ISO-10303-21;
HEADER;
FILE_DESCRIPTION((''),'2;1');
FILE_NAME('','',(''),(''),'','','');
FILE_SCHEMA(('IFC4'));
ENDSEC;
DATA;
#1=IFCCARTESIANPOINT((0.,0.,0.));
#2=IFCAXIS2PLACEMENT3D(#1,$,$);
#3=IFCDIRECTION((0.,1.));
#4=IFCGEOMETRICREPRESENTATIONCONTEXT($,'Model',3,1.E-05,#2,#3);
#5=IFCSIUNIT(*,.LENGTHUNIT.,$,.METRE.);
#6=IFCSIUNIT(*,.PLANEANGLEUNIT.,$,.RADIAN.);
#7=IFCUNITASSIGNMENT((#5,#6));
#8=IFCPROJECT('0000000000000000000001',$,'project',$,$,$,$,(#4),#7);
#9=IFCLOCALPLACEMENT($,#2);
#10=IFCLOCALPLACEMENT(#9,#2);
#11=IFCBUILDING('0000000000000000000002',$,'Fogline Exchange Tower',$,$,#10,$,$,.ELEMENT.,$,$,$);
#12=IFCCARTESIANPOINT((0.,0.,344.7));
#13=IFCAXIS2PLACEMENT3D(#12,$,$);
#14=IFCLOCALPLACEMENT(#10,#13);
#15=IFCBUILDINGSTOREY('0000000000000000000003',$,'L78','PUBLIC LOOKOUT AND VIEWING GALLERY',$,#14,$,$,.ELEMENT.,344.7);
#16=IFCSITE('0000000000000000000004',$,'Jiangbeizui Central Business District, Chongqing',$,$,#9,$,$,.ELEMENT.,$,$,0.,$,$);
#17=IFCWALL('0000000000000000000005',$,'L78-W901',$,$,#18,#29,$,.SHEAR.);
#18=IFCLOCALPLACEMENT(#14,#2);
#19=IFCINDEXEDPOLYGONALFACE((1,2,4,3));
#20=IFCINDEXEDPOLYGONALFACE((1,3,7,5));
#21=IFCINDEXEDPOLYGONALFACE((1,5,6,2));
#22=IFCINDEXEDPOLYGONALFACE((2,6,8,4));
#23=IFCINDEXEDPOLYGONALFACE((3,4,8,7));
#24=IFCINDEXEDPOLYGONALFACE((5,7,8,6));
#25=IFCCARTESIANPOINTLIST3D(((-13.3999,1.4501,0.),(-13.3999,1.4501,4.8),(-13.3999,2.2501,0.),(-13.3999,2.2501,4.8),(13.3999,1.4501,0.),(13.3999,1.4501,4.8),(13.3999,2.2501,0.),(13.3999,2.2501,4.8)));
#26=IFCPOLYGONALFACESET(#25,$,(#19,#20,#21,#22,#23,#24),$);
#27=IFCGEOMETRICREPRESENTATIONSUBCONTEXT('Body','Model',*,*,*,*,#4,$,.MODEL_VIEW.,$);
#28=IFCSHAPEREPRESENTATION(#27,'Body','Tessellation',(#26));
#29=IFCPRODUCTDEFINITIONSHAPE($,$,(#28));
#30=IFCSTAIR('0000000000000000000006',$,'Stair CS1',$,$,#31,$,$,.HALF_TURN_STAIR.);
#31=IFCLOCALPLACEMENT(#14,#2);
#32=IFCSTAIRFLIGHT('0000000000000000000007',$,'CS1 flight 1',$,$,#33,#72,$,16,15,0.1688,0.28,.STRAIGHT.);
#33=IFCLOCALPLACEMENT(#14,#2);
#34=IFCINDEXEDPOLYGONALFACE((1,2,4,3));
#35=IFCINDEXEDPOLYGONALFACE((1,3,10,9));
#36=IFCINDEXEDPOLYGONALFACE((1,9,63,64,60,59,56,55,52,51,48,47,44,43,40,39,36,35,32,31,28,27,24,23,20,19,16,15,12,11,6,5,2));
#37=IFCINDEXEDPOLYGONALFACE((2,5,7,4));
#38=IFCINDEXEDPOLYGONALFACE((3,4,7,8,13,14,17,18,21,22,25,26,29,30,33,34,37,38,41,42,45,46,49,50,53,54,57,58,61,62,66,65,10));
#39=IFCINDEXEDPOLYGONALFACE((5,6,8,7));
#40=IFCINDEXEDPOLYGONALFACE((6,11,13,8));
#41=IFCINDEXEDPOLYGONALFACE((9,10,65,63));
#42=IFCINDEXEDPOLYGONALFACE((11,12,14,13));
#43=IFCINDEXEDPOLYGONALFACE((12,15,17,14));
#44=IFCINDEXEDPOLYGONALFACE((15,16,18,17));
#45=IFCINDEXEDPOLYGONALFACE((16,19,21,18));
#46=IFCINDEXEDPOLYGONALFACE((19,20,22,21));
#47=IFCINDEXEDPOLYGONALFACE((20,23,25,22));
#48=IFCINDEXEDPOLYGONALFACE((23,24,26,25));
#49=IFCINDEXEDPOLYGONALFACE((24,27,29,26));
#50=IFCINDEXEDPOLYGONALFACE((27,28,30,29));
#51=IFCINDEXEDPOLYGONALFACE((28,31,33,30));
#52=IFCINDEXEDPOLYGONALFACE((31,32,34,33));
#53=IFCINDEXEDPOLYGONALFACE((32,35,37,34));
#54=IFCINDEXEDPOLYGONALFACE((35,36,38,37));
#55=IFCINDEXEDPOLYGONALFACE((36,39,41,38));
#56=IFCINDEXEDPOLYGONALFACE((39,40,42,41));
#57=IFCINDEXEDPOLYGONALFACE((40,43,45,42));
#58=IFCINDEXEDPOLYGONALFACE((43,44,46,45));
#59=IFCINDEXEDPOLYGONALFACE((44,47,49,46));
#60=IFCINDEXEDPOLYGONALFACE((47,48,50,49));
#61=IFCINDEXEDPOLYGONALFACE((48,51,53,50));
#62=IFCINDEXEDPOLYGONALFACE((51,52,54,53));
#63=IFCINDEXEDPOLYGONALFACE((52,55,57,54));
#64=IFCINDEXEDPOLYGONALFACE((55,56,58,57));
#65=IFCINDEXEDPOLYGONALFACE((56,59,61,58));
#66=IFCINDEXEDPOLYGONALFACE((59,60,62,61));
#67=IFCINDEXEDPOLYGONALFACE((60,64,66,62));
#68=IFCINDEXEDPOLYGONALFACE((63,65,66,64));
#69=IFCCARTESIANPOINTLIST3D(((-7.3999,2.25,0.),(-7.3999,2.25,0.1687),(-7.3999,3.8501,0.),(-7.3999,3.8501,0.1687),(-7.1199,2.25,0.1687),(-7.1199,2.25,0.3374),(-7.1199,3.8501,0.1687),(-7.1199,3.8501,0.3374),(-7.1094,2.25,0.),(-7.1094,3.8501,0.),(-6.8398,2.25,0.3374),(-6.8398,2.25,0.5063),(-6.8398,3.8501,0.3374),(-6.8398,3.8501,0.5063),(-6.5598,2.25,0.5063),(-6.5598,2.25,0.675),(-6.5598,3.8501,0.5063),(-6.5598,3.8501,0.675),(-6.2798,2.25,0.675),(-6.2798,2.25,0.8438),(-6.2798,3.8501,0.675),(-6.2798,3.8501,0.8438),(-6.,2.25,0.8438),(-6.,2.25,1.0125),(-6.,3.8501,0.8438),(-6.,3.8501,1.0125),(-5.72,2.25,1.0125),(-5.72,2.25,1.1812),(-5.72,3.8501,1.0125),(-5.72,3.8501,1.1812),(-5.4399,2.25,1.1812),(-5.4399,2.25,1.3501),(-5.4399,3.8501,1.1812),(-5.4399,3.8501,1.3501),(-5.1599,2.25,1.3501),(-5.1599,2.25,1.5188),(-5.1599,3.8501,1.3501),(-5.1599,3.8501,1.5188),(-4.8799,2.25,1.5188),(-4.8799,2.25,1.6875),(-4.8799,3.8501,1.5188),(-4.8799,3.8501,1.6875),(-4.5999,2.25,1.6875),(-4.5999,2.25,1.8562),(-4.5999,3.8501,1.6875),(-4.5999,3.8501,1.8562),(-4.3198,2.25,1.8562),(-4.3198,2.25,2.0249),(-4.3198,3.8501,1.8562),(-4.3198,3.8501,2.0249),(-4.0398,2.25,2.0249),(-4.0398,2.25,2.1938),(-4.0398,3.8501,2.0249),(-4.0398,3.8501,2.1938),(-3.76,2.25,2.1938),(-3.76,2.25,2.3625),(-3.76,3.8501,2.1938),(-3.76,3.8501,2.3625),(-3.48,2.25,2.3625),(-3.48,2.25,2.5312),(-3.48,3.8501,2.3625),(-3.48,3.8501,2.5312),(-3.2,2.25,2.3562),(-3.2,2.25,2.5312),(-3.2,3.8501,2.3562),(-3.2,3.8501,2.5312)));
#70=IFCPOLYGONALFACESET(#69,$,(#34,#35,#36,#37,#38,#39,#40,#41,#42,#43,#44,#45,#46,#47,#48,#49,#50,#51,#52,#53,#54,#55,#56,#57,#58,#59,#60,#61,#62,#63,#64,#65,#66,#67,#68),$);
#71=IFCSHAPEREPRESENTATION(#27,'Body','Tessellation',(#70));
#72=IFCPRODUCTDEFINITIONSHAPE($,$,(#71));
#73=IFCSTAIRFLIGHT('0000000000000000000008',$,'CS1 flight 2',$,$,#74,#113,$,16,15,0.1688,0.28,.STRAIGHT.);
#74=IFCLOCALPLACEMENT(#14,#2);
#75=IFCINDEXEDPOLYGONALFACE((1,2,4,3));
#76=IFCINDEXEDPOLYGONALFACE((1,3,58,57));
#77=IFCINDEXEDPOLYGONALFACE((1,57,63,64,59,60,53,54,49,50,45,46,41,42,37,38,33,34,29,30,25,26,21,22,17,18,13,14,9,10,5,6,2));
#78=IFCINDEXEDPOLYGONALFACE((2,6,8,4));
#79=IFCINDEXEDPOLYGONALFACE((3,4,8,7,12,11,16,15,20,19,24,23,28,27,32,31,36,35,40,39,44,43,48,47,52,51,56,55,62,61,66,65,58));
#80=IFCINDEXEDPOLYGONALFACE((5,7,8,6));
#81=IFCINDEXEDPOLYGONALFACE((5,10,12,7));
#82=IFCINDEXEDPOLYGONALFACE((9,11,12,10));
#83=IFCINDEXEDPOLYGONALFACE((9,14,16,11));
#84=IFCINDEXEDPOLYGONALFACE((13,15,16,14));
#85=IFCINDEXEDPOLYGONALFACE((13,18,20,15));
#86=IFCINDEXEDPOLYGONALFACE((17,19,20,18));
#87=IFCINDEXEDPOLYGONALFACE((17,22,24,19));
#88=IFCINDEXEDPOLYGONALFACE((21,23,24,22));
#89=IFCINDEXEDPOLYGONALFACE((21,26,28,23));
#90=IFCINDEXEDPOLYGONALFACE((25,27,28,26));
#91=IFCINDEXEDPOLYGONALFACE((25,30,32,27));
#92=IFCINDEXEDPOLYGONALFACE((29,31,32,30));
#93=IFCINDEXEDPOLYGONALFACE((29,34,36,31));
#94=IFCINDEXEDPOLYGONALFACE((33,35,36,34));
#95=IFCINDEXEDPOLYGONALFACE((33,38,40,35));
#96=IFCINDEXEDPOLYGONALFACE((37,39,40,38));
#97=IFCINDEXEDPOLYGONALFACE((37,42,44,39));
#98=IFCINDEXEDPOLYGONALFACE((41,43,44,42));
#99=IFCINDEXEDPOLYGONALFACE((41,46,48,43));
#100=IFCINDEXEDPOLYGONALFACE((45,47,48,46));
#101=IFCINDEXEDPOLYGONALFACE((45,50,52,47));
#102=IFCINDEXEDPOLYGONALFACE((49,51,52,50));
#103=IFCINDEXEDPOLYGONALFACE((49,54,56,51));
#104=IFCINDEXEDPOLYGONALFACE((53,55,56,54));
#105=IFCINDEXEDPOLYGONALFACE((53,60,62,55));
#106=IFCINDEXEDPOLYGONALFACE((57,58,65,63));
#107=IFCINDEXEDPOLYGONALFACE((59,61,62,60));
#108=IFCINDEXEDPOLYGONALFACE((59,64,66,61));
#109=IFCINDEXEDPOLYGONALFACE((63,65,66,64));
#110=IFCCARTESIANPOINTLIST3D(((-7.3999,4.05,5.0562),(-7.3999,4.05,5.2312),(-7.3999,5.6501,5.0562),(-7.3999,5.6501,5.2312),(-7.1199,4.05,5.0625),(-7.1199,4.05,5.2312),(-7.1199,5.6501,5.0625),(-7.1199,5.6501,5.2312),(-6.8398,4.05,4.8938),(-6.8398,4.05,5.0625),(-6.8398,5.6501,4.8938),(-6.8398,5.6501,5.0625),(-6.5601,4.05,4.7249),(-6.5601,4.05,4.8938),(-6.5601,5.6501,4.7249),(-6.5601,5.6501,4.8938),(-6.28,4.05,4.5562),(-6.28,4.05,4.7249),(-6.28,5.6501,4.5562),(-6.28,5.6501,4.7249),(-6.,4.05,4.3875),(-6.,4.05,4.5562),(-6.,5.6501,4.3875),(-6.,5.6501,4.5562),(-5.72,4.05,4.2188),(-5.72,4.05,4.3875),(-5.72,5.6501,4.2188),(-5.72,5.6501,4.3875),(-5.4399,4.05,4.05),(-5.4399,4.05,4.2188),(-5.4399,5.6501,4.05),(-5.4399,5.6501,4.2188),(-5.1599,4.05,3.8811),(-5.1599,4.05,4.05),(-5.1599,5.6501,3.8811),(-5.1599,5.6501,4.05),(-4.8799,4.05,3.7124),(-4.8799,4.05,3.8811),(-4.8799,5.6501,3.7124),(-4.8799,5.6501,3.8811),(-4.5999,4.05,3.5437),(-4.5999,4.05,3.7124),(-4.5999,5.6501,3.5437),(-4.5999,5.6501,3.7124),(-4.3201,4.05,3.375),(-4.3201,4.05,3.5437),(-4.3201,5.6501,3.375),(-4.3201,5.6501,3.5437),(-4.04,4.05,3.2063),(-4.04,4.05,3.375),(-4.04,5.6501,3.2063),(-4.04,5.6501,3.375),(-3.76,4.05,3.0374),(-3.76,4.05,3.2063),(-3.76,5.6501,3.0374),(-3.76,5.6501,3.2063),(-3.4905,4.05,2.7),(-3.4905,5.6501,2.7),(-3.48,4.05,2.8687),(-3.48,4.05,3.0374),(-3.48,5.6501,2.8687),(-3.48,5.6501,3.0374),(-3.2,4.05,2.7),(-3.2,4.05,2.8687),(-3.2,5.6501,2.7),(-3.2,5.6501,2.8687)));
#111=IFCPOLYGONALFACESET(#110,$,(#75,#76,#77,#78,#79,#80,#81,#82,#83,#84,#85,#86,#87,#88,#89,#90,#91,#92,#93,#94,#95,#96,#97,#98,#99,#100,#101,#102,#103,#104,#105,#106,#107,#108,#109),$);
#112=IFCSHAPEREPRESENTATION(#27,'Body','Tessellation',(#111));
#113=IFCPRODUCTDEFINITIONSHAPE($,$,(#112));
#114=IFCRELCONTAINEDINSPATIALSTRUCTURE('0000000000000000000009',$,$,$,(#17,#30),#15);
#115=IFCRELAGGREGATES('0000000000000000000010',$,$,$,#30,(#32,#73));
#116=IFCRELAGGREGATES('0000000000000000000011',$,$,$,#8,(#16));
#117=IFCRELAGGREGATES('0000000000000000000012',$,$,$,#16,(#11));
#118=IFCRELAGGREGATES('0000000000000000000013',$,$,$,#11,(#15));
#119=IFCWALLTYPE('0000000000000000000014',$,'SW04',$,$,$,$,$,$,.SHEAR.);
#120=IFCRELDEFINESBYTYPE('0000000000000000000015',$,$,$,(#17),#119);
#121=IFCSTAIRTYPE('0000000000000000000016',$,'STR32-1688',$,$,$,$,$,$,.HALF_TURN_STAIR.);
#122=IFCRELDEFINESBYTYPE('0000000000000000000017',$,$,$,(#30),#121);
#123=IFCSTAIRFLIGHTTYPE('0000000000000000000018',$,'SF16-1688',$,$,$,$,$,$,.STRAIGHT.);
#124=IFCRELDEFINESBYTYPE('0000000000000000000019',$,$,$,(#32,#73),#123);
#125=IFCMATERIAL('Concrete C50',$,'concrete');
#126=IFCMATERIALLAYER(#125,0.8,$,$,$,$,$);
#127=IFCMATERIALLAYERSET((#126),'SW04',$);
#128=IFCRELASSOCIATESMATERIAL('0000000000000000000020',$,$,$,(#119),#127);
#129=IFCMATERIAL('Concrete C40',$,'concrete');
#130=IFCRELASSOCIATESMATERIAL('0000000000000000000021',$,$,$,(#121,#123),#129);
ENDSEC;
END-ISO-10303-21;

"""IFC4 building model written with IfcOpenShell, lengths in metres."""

from ifc_helpers import new_model, si_unit, direction, frame, frame_2d, origin, place, context, subcontext, project, spatial, polyline, rectangle, outline, extrude, material, layer, layer_set, type_object, element, aggregate, save


model = new_model("IFC4")

# Units and contexts
model_context = context("Model", 3, precision=1e-05, world=origin(), true_north=direction((0.0, 1.0)))
body_context = subcontext(model_context, "Body", "Model", "MODEL_VIEW")
ifc_project = project(units=[si_unit("LENGTHUNIT", "METRE"), si_unit("PLANEANGLEUNIT", "RADIAN")], contexts=[model_context])

# Site, building, storey
site_placement = place(None, origin())
site = spatial("IfcSite", under=ifc_project, at=site_placement, Name="Jiangbeizui Central Business District, Chongqing", CompositionType="ELEMENT", RefElevation=0.0)
building_placement = place(site_placement, origin())
building = spatial("IfcBuilding", under=site, at=building_placement, Name="Fogline Exchange Tower", CompositionType="ELEMENT")
storey_placement = place(building_placement, frame((0.0, 0.0, 344.7)))
storey = spatial("IfcBuildingStorey", under=building, at=storey_placement, Name="L78", Description="PUBLIC LOOKOUT AND VIEWING GALLERY", CompositionType="ELEMENT", Elevation=344.7)

# Shared definitions
ifc_material_1 = material(Name="Concrete C40", Category="concrete")

# Wall
ifc_material_2 = material(Name="Concrete C50", Category="concrete")
ifc_layer_1 = layer(ifc_material_2, 0.8)
ifc_layer_set_1 = layer_set([ifc_layer_1], Name="SW04")
wall_type_1 = type_object("IfcWallType", Name="SW04", PredefinedType="SHEAR", material=ifc_layer_set_1)
wall_1_placement = place(storey_placement, frame((-13.3999, 1.8501, 0.0), z_axis=(0.0, 0.0, 1.0), x_axis=(1.0, 0.0, 0.0)))
element("IfcWall", 1, at=wall_1_placement, inside=storey, type_object=wall_type_1, Name="L78-W901", PredefinedType="SHEAR", context=body_context, shape_type="SweptSolid", body=[
    extrude(rectangle(XDim=26.7998, YDim=0.8, at=frame_2d((13.3999, 0.0))), origin(), (0.0, 0.0, 1.0), 4.8),
])

# Stair, stair flights
stair_type = type_object("IfcStairType", Name="STR32-1688", PredefinedType="HALF_TURN_STAIR", material=ifc_material_1)
stair_placement = place(storey_placement, origin())
stair = element("IfcStair", 2, at=stair_placement, inside=storey, type_object=stair_type, Name="Stair CS1", PredefinedType="HALF_TURN_STAIR")
stair_flight_type = type_object("IfcStairFlightType", Name="SF16-1688", PredefinedType="STRAIGHT", material=ifc_material_1)
stair_flight_1_placement = place(storey_placement, frame((-7.3999, 3.05, 0.0), z_axis=(0.0, 0.0, 1.0), x_axis=(1.0, 0.0, 0.0)))
stair_flight_1 = element("IfcStairFlight", 3, at=stair_flight_1_placement, type_object=stair_flight_type, Name="CS1 flight 1", NumberOfRisers=16, NumberOfTreads=15, PredefinedType="STRAIGHT", RiserHeight=0.1688, TreadLength=0.28, context=body_context, shape_type="SweptSolid", body=[
    extrude(outline(polyline([(0.0, 0.0), (0.0, 0.1687), (0.28, 0.1687), (0.28, 0.3374), (0.5601, 0.3374), (0.5601, 0.5063), (0.8401, 0.5063), (0.8401, 0.675), (1.1201, 0.675), (1.1201, 0.8438), (1.3999, 0.8438), (1.3999, 1.0125), (1.6799, 1.0125), (1.6799, 1.1812), (1.96, 1.1812), (1.96, 1.3501), (2.24, 1.3501), (2.24, 1.5188), (2.52, 1.5188), (2.52, 1.6875), (2.8, 1.6875), (2.8, 1.8562), (3.0801, 1.8562), (3.0801, 2.0249), (3.3601, 2.0249), (3.3601, 2.1938), (3.6399, 2.1938), (3.6399, 2.3625), (3.9199, 2.3625), (3.9199, 2.5312), (4.2, 2.5312), (4.2, 2.7), (4.2, 2.3562), (0.2905, 0.0), (0.0, 0.0)])), frame((0.0, 0.8, 0.0), z_axis=(0.0, -1.0, 0.0), x_axis=(1.0, 0.0, 0.0)), (0.0, 0.0, 1.0), 1.6001),
])
stair_flight_2_placement = place(storey_placement, frame((-3.2, 4.8501, 2.7), z_axis=(0.0, 0.0, 1.0), x_axis=(-1.0, 0.0, 0.0)))
stair_flight_2 = element("IfcStairFlight", 4, at=stair_flight_2_placement, type_object=stair_flight_type, Name="CS1 flight 2", NumberOfRisers=16, NumberOfTreads=15, PredefinedType="STRAIGHT", RiserHeight=0.1688, TreadLength=0.28, context=body_context, shape_type="SweptSolid", body=[
    extrude(outline(polyline([(0.0, 0.0), (0.0, 0.1687), (0.28, 0.1687), (0.28, 0.3374), (0.5601, 0.3374), (0.5601, 0.5063), (0.8401, 0.5063), (0.8401, 0.675), (1.1201, 0.675), (1.1201, 0.8438), (1.3999, 0.8438), (1.3999, 1.0125), (1.6799, 1.0125), (1.6799, 1.1812), (1.96, 1.1812), (1.96, 1.3501), (2.24, 1.3501), (2.24, 1.5188), (2.52, 1.5188), (2.52, 1.6875), (2.8, 1.6875), (2.8, 1.8562), (3.0801, 1.8562), (3.0801, 2.0249), (3.3601, 2.0249), (3.3601, 2.1938), (3.6399, 2.1938), (3.6399, 2.3625), (3.9199, 2.3625), (3.9199, 2.5312), (4.2, 2.5312), (4.2, 2.7), (4.2, 2.3562), (0.2905, 0.0), (0.0, 0.0)])), frame((0.0, 0.8, 0.0), z_axis=(0.0, -1.0, 0.0), x_axis=(1.0, 0.0, 0.0)), (0.0, 0.0, 1.0), 1.6001),
])
aggregate(stair, [stair_flight_1, stair_flight_2])

save(model, "model.ifc")
